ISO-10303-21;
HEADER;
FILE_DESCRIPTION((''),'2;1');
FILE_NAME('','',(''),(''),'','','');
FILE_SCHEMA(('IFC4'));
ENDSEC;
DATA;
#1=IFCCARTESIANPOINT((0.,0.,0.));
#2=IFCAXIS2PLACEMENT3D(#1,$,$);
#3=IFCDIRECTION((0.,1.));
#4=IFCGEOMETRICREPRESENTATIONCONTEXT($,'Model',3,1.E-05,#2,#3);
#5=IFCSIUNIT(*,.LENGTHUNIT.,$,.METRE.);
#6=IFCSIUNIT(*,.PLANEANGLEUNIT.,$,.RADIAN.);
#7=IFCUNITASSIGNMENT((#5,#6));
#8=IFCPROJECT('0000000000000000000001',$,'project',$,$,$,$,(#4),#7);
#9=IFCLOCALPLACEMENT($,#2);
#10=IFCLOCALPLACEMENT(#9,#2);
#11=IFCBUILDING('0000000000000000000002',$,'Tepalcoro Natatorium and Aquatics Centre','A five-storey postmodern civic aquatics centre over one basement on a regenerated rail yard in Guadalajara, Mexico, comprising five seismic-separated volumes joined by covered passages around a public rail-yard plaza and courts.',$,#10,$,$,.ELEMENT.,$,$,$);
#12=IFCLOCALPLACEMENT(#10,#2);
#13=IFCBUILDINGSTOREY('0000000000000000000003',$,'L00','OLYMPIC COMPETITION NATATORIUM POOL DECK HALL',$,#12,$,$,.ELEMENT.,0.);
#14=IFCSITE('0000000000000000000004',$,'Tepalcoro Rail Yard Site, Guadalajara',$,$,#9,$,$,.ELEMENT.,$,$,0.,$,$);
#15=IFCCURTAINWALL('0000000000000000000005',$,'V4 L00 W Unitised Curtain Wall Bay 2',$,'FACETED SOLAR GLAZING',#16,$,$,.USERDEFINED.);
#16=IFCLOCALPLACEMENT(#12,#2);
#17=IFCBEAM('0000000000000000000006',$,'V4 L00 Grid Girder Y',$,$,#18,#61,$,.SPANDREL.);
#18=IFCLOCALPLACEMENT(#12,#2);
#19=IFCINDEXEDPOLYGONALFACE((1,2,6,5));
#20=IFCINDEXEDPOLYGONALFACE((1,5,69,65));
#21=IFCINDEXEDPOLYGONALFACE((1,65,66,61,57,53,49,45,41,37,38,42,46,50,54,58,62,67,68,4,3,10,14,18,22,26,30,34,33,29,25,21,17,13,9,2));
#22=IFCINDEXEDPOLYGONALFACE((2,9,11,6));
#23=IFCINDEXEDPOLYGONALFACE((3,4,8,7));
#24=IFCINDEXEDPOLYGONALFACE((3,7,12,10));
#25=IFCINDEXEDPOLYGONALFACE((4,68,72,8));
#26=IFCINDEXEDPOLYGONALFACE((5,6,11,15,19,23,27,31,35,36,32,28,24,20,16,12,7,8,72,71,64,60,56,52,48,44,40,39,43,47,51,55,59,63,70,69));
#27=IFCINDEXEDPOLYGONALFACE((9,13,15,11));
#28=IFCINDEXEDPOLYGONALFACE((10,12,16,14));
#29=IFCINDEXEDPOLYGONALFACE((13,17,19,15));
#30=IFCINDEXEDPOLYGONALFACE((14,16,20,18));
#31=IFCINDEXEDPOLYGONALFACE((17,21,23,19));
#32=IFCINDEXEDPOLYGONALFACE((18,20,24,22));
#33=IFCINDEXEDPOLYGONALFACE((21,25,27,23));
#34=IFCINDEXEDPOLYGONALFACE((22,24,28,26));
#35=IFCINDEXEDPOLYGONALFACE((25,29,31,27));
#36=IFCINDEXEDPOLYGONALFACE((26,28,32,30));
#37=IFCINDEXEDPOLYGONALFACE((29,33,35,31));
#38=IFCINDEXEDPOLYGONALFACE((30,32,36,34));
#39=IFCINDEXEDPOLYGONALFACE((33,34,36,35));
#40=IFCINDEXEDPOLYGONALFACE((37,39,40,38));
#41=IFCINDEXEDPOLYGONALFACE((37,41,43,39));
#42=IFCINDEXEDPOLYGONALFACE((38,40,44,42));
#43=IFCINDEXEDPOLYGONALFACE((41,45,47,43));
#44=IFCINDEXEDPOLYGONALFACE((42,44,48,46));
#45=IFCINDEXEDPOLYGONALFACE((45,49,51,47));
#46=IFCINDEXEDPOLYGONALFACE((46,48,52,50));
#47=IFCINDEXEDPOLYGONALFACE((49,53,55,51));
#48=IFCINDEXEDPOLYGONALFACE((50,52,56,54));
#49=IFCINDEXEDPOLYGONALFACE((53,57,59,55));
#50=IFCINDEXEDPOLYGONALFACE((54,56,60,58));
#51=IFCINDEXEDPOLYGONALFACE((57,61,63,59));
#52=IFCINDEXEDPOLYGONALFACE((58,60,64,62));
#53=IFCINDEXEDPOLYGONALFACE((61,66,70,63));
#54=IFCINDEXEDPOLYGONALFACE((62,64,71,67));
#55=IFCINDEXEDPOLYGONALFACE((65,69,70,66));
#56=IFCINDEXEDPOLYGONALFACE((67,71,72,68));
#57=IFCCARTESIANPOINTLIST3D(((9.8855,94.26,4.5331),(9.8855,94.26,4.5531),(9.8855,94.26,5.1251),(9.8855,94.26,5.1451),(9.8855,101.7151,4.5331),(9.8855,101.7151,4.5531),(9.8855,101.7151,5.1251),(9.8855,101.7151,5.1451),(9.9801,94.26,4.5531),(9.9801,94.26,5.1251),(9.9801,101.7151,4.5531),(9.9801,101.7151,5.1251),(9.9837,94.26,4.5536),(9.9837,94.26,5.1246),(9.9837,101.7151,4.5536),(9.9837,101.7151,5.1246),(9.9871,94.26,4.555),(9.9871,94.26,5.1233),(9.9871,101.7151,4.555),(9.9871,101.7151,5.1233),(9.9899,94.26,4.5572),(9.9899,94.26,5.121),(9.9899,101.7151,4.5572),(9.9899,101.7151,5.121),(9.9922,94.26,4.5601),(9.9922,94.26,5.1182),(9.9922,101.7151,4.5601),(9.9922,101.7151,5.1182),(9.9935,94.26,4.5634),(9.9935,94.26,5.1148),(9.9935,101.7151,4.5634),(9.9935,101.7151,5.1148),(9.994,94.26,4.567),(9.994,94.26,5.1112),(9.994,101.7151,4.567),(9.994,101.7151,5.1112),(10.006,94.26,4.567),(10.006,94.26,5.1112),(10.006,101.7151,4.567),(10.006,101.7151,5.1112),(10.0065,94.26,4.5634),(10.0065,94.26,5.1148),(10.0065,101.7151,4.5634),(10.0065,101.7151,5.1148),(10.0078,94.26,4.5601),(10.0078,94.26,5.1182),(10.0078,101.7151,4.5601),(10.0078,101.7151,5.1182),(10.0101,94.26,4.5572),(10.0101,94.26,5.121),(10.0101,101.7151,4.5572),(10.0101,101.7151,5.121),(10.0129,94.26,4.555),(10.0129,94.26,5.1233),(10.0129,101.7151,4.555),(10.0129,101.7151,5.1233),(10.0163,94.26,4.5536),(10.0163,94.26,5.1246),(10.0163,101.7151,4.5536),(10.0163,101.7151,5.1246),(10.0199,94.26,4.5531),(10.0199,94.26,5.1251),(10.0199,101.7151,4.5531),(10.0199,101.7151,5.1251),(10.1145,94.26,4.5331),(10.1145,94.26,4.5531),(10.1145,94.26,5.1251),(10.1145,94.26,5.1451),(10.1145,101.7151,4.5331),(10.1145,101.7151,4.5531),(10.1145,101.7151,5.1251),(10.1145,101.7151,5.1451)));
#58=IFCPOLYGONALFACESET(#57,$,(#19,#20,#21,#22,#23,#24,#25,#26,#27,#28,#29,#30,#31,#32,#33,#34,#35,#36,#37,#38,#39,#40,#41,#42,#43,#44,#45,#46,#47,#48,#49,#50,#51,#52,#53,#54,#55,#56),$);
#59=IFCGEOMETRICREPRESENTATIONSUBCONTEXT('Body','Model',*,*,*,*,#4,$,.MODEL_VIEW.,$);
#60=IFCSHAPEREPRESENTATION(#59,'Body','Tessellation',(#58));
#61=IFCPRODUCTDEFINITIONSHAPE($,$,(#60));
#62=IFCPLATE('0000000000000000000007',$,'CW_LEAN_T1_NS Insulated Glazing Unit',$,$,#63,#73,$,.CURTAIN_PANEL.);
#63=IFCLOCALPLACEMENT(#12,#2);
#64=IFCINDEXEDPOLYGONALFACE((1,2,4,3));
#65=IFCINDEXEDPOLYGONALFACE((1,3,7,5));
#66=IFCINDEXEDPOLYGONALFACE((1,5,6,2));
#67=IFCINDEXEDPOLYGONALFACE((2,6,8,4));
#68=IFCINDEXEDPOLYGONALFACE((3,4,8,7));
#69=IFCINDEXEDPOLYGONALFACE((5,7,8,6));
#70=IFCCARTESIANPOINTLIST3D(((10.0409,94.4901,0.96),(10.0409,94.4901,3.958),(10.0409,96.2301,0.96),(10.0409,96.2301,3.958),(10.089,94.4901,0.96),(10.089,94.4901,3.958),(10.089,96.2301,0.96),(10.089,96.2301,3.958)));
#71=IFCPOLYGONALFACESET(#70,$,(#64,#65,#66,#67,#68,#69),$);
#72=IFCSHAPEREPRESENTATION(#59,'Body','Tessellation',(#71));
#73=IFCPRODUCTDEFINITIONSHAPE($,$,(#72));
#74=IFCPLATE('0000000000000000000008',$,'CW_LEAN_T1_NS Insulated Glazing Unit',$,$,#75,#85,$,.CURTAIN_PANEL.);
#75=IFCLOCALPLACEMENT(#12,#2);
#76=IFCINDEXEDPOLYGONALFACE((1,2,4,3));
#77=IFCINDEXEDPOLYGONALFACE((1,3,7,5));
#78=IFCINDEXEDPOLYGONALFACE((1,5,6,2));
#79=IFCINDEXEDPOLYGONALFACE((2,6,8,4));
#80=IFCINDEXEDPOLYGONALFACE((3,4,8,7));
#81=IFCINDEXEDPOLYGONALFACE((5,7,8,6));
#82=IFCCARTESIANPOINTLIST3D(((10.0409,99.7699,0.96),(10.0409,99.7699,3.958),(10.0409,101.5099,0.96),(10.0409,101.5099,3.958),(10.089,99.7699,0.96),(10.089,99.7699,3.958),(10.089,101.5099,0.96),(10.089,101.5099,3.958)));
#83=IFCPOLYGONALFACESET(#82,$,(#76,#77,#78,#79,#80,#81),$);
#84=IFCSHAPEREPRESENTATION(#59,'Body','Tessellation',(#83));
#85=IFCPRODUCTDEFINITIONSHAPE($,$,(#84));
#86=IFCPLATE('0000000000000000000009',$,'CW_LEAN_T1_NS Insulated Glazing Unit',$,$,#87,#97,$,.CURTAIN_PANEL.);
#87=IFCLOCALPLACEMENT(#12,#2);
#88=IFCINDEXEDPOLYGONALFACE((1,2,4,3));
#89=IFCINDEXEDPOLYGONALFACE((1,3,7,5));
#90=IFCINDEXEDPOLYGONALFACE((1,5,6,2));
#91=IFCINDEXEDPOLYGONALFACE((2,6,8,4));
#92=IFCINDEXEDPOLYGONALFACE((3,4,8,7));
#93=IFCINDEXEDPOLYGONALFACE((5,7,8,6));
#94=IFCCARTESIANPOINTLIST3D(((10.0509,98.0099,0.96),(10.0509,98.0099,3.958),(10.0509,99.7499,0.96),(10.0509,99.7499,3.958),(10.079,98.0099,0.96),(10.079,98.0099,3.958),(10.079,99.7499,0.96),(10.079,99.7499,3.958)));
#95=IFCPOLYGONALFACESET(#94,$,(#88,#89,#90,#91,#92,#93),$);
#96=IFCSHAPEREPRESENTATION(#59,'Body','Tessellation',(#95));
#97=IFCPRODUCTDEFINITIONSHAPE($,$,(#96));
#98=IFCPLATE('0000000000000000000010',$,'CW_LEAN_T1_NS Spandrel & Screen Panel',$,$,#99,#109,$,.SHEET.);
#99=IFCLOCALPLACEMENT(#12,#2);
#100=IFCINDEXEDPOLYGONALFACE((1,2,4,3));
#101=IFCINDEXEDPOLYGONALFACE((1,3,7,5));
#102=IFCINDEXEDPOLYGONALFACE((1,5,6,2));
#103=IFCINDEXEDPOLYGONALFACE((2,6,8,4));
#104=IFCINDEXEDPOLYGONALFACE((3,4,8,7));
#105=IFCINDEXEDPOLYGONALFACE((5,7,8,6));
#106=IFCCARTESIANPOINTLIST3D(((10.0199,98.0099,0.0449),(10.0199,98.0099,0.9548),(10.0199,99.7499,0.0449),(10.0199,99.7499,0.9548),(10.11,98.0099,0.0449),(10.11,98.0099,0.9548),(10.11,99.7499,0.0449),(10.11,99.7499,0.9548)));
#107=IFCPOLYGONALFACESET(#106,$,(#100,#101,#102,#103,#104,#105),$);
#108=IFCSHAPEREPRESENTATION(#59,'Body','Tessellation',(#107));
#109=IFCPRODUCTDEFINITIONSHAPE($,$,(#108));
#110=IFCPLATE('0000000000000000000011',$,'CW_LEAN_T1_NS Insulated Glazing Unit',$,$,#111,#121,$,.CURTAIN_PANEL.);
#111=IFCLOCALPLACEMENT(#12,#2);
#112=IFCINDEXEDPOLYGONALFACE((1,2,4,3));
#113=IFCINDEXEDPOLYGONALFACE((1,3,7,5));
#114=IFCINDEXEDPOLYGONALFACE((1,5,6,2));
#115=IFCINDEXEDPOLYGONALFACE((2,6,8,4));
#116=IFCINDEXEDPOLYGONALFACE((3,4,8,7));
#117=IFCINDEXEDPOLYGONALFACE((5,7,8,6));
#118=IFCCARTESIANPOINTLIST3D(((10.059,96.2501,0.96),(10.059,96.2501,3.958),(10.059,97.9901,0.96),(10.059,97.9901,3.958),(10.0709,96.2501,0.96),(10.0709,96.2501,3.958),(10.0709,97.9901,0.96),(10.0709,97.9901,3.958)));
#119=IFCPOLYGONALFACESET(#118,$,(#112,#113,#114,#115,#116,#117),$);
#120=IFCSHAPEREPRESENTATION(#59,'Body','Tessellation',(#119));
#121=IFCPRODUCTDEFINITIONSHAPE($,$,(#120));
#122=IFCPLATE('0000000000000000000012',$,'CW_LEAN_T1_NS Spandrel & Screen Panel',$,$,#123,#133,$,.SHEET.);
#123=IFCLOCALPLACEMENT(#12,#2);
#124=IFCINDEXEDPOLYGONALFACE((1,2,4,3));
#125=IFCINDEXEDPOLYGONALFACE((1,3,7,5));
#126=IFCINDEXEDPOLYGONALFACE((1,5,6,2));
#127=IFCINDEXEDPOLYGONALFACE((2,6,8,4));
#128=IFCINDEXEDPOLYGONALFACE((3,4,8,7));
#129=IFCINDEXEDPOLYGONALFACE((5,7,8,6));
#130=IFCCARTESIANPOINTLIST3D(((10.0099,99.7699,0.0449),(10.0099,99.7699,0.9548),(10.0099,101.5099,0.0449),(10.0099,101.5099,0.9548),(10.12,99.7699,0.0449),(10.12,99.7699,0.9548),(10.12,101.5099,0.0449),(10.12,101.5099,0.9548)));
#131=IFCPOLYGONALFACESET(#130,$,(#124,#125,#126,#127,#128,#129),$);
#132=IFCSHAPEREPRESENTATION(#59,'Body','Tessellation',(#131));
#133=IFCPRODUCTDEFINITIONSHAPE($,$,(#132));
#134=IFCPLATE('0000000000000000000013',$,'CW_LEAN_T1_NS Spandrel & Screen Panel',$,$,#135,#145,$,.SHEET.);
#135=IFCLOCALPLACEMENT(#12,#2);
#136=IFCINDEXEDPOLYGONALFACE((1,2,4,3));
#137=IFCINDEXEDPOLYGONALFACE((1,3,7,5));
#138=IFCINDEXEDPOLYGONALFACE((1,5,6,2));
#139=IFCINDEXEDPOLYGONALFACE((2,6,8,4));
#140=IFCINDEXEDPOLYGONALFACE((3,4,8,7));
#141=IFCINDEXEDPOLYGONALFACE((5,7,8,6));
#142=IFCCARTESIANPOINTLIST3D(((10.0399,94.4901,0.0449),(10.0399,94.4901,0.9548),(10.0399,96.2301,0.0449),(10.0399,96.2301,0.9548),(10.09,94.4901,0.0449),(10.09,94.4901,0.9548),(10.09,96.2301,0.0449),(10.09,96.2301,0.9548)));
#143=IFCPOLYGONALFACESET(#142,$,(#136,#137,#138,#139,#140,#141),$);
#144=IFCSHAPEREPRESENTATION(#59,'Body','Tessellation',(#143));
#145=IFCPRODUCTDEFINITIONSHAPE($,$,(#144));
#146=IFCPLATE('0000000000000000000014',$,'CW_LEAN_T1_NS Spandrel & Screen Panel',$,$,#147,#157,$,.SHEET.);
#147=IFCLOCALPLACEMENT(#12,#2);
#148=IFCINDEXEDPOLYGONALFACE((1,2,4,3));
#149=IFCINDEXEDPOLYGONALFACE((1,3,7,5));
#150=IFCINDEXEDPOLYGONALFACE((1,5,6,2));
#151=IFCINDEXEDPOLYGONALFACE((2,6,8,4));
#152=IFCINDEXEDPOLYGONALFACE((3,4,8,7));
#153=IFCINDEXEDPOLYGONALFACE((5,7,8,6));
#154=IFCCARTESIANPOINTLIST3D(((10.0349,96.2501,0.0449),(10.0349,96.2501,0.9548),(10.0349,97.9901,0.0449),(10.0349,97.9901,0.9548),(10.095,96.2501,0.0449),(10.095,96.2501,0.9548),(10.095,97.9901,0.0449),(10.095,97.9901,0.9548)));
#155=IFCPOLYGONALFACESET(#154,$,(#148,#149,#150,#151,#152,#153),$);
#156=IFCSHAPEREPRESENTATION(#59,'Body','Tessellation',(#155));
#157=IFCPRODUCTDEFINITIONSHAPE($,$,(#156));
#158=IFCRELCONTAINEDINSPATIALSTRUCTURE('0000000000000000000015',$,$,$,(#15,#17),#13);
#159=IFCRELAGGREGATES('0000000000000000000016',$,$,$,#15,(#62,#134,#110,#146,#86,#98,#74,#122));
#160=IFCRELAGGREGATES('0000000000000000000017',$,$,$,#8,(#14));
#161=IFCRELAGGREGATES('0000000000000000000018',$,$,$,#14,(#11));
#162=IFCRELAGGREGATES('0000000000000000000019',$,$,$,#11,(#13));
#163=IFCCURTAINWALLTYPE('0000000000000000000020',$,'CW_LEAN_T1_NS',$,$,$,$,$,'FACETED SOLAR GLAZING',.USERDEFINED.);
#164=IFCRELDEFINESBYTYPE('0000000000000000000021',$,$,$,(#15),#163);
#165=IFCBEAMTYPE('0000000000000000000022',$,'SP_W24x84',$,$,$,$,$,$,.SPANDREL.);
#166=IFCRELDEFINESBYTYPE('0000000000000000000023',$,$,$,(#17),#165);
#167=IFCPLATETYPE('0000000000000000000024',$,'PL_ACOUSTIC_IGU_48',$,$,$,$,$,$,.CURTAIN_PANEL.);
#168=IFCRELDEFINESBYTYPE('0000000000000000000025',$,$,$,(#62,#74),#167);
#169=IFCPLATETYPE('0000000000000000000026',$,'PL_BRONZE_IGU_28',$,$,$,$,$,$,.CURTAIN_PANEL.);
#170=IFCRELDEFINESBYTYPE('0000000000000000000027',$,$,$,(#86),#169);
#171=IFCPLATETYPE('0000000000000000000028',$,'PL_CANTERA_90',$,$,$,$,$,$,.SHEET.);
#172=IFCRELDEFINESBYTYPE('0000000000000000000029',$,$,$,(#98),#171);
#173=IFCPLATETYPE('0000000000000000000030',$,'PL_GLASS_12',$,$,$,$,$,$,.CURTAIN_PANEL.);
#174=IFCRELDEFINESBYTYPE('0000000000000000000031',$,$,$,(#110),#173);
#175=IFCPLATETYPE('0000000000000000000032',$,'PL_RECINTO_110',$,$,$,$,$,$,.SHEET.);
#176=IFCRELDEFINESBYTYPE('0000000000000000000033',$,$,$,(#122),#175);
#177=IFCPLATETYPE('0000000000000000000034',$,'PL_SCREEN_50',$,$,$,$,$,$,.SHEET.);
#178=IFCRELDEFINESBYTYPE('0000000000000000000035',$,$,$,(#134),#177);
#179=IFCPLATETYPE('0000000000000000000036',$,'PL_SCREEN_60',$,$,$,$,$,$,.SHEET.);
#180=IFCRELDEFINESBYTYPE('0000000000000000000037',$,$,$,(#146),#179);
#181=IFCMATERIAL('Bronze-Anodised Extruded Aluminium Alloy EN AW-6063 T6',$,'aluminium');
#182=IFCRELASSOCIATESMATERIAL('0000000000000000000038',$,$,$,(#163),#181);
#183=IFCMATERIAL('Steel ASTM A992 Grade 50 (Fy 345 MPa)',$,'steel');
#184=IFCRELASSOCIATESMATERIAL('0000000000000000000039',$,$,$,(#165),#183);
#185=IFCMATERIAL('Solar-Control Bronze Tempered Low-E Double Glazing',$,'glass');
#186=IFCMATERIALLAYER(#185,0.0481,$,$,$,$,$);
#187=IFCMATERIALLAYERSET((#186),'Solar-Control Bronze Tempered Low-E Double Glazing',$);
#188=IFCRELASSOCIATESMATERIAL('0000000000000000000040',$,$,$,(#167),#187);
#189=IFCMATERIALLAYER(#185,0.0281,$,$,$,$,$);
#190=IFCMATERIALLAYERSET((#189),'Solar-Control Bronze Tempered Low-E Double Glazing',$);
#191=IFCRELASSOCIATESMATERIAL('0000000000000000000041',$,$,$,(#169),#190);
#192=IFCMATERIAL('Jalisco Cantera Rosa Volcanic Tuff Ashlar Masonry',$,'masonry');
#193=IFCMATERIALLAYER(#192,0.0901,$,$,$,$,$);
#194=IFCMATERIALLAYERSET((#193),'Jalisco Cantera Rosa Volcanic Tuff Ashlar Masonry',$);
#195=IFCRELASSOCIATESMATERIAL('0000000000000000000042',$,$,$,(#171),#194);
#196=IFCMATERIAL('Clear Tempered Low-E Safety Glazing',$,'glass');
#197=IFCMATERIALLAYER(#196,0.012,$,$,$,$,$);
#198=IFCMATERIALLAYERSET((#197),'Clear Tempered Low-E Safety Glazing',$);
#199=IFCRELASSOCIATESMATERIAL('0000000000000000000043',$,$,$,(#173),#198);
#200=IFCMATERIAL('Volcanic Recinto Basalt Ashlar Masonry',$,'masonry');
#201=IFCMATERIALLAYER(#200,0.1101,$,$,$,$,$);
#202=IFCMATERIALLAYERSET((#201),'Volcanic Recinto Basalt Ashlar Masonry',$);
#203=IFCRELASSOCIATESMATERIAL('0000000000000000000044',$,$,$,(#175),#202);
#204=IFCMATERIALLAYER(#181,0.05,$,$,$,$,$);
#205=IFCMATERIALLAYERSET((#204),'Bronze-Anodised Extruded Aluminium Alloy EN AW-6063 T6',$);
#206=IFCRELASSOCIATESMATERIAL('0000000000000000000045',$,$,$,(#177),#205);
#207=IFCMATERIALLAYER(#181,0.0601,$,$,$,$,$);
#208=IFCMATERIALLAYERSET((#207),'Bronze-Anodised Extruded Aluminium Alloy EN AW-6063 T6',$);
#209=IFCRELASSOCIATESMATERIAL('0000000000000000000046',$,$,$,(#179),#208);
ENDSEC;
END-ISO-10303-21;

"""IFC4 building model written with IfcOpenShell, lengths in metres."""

from ifc_helpers import new_model, si_unit, direction, frame, origin, origin_2d, place, context, subcontext, project, spatial, rectangle, i_section, extrude, material, layer, layer_set, material_profile, profile_set, type_object, element, aggregate, save


model = new_model("IFC4")

# Units and contexts
model_context = context("Model", 3, precision=1e-05, world=origin(), true_north=direction((0.0, 1.0)))
body_context = subcontext(model_context, "Body", "Model", "MODEL_VIEW")
ifc_project = project(units=[si_unit("LENGTHUNIT", "METRE"), si_unit("PLANEANGLEUNIT", "RADIAN")], contexts=[model_context])

# Site, building, storey
site_placement = place(None, origin())
site = spatial("IfcSite", under=ifc_project, at=site_placement, Name="Tepalcoro Rail Yard Site, Guadalajara", CompositionType="ELEMENT", RefElevation=0.0)
building_placement = place(site_placement, origin())
building = spatial("IfcBuilding", under=site, at=building_placement, Name="Tepalcoro Natatorium and Aquatics Centre", Description="A five-storey postmodern civic aquatics centre over one basement on a regenerated rail yard in Guadalajara, Mexico, comprising five seismic-separated volumes joined by covered passages around a public rail-yard plaza and courts.", CompositionType="ELEMENT")
storey_placement = place(building_placement, origin())
storey = spatial("IfcBuildingStorey", under=building, at=storey_placement, Name="L00", Description="OLYMPIC COMPETITION NATATORIUM POOL DECK HALL", CompositionType="ELEMENT", Elevation=0.0)

# Shared definitions
ifc_material_1 = material(Name="Steel ASTM A992 Grade 50 (Fy 345 MPa)", Category="steel")

# Curtain wall
ifc_material_2 = material(Name="Bronze-Anodised Extruded Aluminium Alloy EN AW-6063 T6", Category="aluminium")
curtain_wall_type = type_object("IfcCurtainWallType", Name="CW_LEAN_T1_NS", ElementType="FACETED SOLAR GLAZING", PredefinedType="USERDEFINED", material=ifc_material_2)
curtain_wall_placement = place(storey_placement, origin())
curtain_wall = element("IfcCurtainWall", 1, at=curtain_wall_placement, inside=storey, type_object=curtain_wall_type, Name="V4 L00 W Unitised Curtain Wall Bay 2", ObjectType="FACETED SOLAR GLAZING", PredefinedType="USERDEFINED")

# Beam
ifc_material_profile_1 = material_profile(ifc_material_1, i_section(OverallWidth=0.229, OverallDepth=0.6121, WebThickness=0.012, FlangeThickness=0.02, FilletRadius=0.0139, at=origin_2d()), Name="W24X84")
ifc_profile_set_1 = profile_set([ifc_material_profile_1], Name="Steel ASTM A992 Grade 50 (Fy 345 MPa)")
beam_type_1 = type_object("IfcBeamType", Name="SP_W24x84", PredefinedType="SPANDREL", material=ifc_profile_set_1)
beam_1_placement = place(storey_placement, frame((10.0, 94.26, 4.8391), z_axis=(0.0, 1.0, 0.0), x_axis=(-1.0, 0.0, 0.0)))
element("IfcBeam", 2, at=beam_1_placement, inside=storey, type_object=beam_type_1, Name="V4 L00 Grid Girder Y", PredefinedType="SPANDREL", context=body_context, shape_type="SweptSolid", body=[
    extrude(i_section(OverallWidth=0.229, OverallDepth=0.6121, WebThickness=0.012, FlangeThickness=0.02, FilletRadius=0.0139, at=origin_2d()), origin(), (0.0, 0.0, 1.0), 7.4551),
])

# Plates
ifc_material_3 = material(Name="Solar-Control Bronze Tempered Low-E Double Glazing", Category="glass")
ifc_layer_1 = layer(ifc_material_3, 0.0481)
ifc_layer_set_1 = layer_set([ifc_layer_1], Name="Solar-Control Bronze Tempered Low-E Double Glazing")
plate_type_1 = type_object("IfcPlateType", Name="PL_ACOUSTIC_IGU_48", PredefinedType="CURTAIN_PANEL", material=ifc_layer_set_1)
plate_1_placement = place(storey_placement, frame((10.0649, 95.3601, 0.96), z_axis=(0.0, 0.0, 1.0), x_axis=(1.0, 0.0, 0.0)))
plate_1 = element("IfcPlate", 3, at=plate_1_placement, type_object=plate_type_1, Name="CW_LEAN_T1_NS Insulated Glazing Unit", PredefinedType="CURTAIN_PANEL", context=body_context, shape_type="SweptSolid", body=[
    extrude(rectangle(XDim=0.0481, YDim=1.74, at=origin_2d()), origin(), (0.0, 0.0, 1.0), 2.998),
])
plate_2_placement = place(storey_placement, frame((10.0649, 100.6399, 0.96), z_axis=(0.0, 0.0, 1.0), x_axis=(1.0, 0.0, 0.0)))
plate_2 = element("IfcPlate", 4, at=plate_2_placement, type_object=plate_type_1, Name="CW_LEAN_T1_NS Insulated Glazing Unit", PredefinedType="CURTAIN_PANEL", context=body_context, shape_type="SweptSolid", body=[
    extrude(rectangle(XDim=0.0481, YDim=1.74, at=origin_2d()), origin(), (0.0, 0.0, 1.0), 2.998),
])
ifc_layer_2 = layer(ifc_material_3, 0.0281)
ifc_layer_set_2 = layer_set([ifc_layer_2], Name="Solar-Control Bronze Tempered Low-E Double Glazing")
plate_type_2 = type_object("IfcPlateType", Name="PL_BRONZE_IGU_28", PredefinedType="CURTAIN_PANEL", material=ifc_layer_set_2)
plate_3_placement = place(storey_placement, frame((10.0649, 98.8799, 0.96), z_axis=(0.0, 0.0, 1.0), x_axis=(1.0, 0.0, 0.0)))
plate_3 = element("IfcPlate", 5, at=plate_3_placement, type_object=plate_type_2, Name="CW_LEAN_T1_NS Insulated Glazing Unit", PredefinedType="CURTAIN_PANEL", context=body_context, shape_type="SweptSolid", body=[
    extrude(rectangle(XDim=0.0281, YDim=1.74, at=origin_2d()), origin(), (0.0, 0.0, 1.0), 2.998),
])
ifc_material_4 = material(Name="Jalisco Cantera Rosa Volcanic Tuff Ashlar Masonry", Category="masonry")
ifc_layer_3 = layer(ifc_material_4, 0.0901)
ifc_layer_set_3 = layer_set([ifc_layer_3], Name="Jalisco Cantera Rosa Volcanic Tuff Ashlar Masonry")
plate_type_3 = type_object("IfcPlateType", Name="PL_CANTERA_90", PredefinedType="SHEET", material=ifc_layer_set_3)
plate_4_placement = place(storey_placement, frame((10.0649, 98.8799, 0.0449), z_axis=(0.0, 0.0, 1.0), x_axis=(1.0, 0.0, 0.0)))
plate_4 = element("IfcPlate", 6, at=plate_4_placement, type_object=plate_type_3, Name="CW_LEAN_T1_NS Spandrel & Screen Panel", PredefinedType="SHEET", context=body_context, shape_type="SweptSolid", body=[
    extrude(rectangle(XDim=0.0901, YDim=1.74, at=origin_2d()), origin(), (0.0, 0.0, 1.0), 0.9099),
])
ifc_material_5 = material(Name="Clear Tempered Low-E Safety Glazing", Category="glass")
ifc_layer_4 = layer(ifc_material_5, 0.012)
ifc_layer_set_4 = layer_set([ifc_layer_4], Name="Clear Tempered Low-E Safety Glazing")
plate_type_4 = type_object("IfcPlateType", Name="PL_GLASS_12", PredefinedType="CURTAIN_PANEL", material=ifc_layer_set_4)
plate_5_placement = place(storey_placement, frame((10.0649, 97.1201, 0.96), z_axis=(0.0, 0.0, 1.0), x_axis=(1.0, 0.0, 0.0)))
plate_5 = element("IfcPlate", 7, at=plate_5_placement, type_object=plate_type_4, Name="CW_LEAN_T1_NS Insulated Glazing Unit", PredefinedType="CURTAIN_PANEL", context=body_context, shape_type="SweptSolid", body=[
    extrude(rectangle(XDim=0.012, YDim=1.74, at=origin_2d()), origin(), (0.0, 0.0, 1.0), 2.998),
])
ifc_material_6 = material(Name="Volcanic Recinto Basalt Ashlar Masonry", Category="masonry")
ifc_layer_5 = layer(ifc_material_6, 0.1101)
ifc_layer_set_5 = layer_set([ifc_layer_5], Name="Volcanic Recinto Basalt Ashlar Masonry")
plate_type_5 = type_object("IfcPlateType", Name="PL_RECINTO_110", PredefinedType="SHEET", material=ifc_layer_set_5)
plate_6_placement = place(storey_placement, frame((10.0649, 100.6399, 0.0449), z_axis=(0.0, 0.0, 1.0), x_axis=(1.0, 0.0, 0.0)))
plate_6 = element("IfcPlate", 8, at=plate_6_placement, type_object=plate_type_5, Name="CW_LEAN_T1_NS Spandrel & Screen Panel", PredefinedType="SHEET", context=body_context, shape_type="SweptSolid", body=[
    extrude(rectangle(XDim=0.1101, YDim=1.74, at=origin_2d()), origin(), (0.0, 0.0, 1.0), 0.9099),
])
ifc_layer_6 = layer(ifc_material_2, 0.05)
ifc_layer_set_6 = layer_set([ifc_layer_6], Name="Bronze-Anodised Extruded Aluminium Alloy EN AW-6063 T6")
plate_type_6 = type_object("IfcPlateType", Name="PL_SCREEN_50", PredefinedType="SHEET", material=ifc_layer_set_6)
plate_7_placement = place(storey_placement, frame((10.0649, 95.3601, 0.0449), z_axis=(0.0, 0.0, 1.0), x_axis=(1.0, 0.0, 0.0)))
plate_7 = element("IfcPlate", 9, at=plate_7_placement, type_object=plate_type_6, Name="CW_LEAN_T1_NS Spandrel & Screen Panel", PredefinedType="SHEET", context=body_context, shape_type="SweptSolid", body=[
    extrude(rectangle(XDim=0.05, YDim=1.74, at=origin_2d()), origin(), (0.0, 0.0, 1.0), 0.9099),
])
ifc_layer_7 = layer(ifc_material_2, 0.0601)
ifc_layer_set_7 = layer_set([ifc_layer_7], Name="Bronze-Anodised Extruded Aluminium Alloy EN AW-6063 T6")
plate_type_7 = type_object("IfcPlateType", Name="PL_SCREEN_60", PredefinedType="SHEET", material=ifc_layer_set_7)
plate_8_placement = place(storey_placement, frame((10.0649, 97.1201, 0.0449), z_axis=(0.0, 0.0, 1.0), x_axis=(1.0, 0.0, 0.0)))
plate_8 = element("IfcPlate", 10, at=plate_8_placement, type_object=plate_type_7, Name="CW_LEAN_T1_NS Spandrel & Screen Panel", PredefinedType="SHEET", context=body_context, shape_type="SweptSolid", body=[
    extrude(rectangle(XDim=0.0601, YDim=1.74, at=origin_2d()), origin(), (0.0, 0.0, 1.0), 0.9099),
])
aggregate(curtain_wall, [plate_1, plate_7, plate_5, plate_8, plate_3, plate_4, plate_2, plate_6])

save(model, "model.ifc")
